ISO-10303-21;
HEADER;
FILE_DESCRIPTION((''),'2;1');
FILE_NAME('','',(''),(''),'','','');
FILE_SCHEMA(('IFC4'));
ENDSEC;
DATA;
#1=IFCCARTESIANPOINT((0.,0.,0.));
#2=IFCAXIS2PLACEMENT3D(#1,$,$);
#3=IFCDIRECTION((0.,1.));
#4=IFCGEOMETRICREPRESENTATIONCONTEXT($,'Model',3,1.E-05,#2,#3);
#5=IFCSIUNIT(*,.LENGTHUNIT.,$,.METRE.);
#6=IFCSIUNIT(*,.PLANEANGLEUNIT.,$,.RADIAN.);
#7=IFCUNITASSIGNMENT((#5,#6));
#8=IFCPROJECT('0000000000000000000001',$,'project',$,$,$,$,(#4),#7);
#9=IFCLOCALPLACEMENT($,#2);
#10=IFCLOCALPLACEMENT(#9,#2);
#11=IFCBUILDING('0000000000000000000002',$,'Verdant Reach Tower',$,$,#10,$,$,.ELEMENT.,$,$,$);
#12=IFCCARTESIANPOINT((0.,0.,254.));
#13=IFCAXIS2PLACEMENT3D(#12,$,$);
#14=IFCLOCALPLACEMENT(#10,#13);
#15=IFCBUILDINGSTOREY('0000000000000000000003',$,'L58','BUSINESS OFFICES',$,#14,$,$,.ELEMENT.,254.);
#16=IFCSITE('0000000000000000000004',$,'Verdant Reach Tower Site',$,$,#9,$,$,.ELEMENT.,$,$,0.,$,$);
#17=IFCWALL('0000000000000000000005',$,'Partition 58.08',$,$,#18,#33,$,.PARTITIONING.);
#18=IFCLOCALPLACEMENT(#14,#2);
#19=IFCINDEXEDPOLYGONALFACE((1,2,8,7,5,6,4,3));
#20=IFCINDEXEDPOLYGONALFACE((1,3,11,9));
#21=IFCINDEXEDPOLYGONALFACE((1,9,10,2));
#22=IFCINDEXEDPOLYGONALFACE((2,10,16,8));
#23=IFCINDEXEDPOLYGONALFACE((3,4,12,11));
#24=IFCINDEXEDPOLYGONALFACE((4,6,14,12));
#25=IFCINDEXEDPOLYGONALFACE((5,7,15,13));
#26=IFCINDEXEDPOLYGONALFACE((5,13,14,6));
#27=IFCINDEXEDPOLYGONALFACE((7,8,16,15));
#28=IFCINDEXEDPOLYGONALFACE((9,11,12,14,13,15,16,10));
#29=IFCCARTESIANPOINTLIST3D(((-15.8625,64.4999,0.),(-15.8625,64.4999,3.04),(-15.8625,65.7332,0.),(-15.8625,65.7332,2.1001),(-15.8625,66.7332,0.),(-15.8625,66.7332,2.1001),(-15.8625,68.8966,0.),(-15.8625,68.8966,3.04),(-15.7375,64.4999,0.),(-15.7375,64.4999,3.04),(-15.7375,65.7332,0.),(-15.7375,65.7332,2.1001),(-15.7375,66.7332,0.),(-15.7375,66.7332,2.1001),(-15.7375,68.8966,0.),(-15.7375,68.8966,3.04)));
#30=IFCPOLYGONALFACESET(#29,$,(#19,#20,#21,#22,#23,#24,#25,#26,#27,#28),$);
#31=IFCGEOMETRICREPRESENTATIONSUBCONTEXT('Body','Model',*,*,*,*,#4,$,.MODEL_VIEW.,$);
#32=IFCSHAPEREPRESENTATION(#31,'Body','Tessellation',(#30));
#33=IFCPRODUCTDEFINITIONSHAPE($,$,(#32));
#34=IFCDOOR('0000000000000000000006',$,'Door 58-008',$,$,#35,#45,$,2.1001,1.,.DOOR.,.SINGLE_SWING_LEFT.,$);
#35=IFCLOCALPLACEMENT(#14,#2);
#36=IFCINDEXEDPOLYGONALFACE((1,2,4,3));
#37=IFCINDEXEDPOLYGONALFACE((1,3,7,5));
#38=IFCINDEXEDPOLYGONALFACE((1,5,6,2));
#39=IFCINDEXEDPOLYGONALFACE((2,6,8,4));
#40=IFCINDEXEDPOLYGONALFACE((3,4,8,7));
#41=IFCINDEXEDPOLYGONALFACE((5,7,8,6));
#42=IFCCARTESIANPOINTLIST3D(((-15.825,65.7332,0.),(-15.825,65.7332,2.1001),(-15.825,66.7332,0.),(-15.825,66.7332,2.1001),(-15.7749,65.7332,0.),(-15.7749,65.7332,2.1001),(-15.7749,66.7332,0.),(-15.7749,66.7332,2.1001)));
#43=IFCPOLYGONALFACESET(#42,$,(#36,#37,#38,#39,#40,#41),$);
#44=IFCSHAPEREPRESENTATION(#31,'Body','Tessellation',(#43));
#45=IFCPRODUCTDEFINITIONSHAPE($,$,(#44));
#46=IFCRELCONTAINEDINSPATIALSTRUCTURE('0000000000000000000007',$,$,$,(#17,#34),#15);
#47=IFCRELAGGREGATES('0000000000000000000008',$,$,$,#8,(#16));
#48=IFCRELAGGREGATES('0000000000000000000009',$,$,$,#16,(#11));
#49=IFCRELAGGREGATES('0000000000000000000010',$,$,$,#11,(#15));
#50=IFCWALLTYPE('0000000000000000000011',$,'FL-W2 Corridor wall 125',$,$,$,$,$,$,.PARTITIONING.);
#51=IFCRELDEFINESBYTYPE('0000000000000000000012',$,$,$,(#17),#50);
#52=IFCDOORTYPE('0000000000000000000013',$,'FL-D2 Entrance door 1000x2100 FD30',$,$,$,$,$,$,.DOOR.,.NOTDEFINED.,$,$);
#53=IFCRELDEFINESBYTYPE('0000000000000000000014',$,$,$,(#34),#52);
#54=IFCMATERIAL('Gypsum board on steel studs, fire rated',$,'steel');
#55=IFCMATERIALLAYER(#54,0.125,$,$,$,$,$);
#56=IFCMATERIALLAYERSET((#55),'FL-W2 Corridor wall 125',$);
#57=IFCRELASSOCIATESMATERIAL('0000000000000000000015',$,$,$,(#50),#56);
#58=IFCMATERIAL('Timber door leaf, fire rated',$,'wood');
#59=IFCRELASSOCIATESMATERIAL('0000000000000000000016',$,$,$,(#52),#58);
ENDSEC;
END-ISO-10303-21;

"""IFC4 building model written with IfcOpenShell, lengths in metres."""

from ifc_helpers import new_model, si_unit, direction, frame, frame_2d, origin, place, context, subcontext, project, spatial, rectangle, extrude, material, layer, layer_set, type_object, element, fill, save


model = new_model("IFC4")

# Units and contexts
model_context = context("Model", 3, precision=1e-05, world=origin(), true_north=direction((0.0, 1.0)))
body_context = subcontext(model_context, "Body", "Model", "MODEL_VIEW")
ifc_project = project(units=[si_unit("LENGTHUNIT", "METRE"), si_unit("PLANEANGLEUNIT", "RADIAN")], contexts=[model_context])

# Site, building, storey
site_placement = place(None, origin())
site = spatial("IfcSite", under=ifc_project, at=site_placement, Name="Verdant Reach Tower Site", CompositionType="ELEMENT", RefElevation=0.0)
building_placement = place(site_placement, origin())
building = spatial("IfcBuilding", under=site, at=building_placement, Name="Verdant Reach Tower", CompositionType="ELEMENT")
storey_placement = place(building_placement, frame((0.0, 0.0, 254.0)))
storey = spatial("IfcBuildingStorey", under=building, at=storey_placement, Name="L58", Description="BUSINESS OFFICES", CompositionType="ELEMENT", Elevation=254.0)

# Wall, opening, door
ifc_material_1 = material(Name="Gypsum board on steel studs, fire rated", Category="steel")
ifc_layer_1 = layer(ifc_material_1, 0.125)
ifc_layer_set_1 = layer_set([ifc_layer_1], Name="FL-W2 Corridor wall 125")
wall_type_1 = type_object("IfcWallType", Name="FL-W2 Corridor wall 125", PredefinedType="PARTITIONING", material=ifc_layer_set_1)
ifc_material_2 = material(Name="Timber door leaf, fire rated", Category="wood")
door_type = type_object("IfcDoorType", Name="FL-D2 Entrance door 1000x2100 FD30", OperationType="NOTDEFINED", PredefinedType="DOOR", material=ifc_material_2)
wall_1_placement = place(storey_placement, frame((-15.8, 64.5, 0.0), z_axis=(0.0, 0.0, 1.0), x_axis=(0.0, 1.0, 0.0)))
wall_1 = element("IfcWall", 1, at=wall_1_placement, inside=storey, type_object=wall_type_1, Name="Partition 58.08", PredefinedType="PARTITIONING", context=body_context, shape_type="SweptSolid", body=[
    extrude(rectangle(XDim=4.3967, YDim=0.125, at=frame_2d((2.1982, 0.0))), origin(), (0.0, 0.0, 1.0), 3.04),
])
opening_1_placement = place(wall_1_placement, frame((1.2332, 0.0, 0.0)))
opening_1 = element("IfcOpeningElement", 2, at=opening_1_placement, cuts=wall_1, PredefinedType="OPENING", context=body_context, shape_type="SweptSolid", body=[
    extrude(rectangle(XDim=1.0, YDim=2.1001, at=frame_2d((0.5, 1.05))), frame((0.0, 0.0725, 0.0), z_axis=(0.0, -1.0, 0.0), x_axis=(1.0, 0.0, 0.0)), (0.0, 0.0, 1.0), 0.145),
])
door_1_placement = place(opening_1_placement, origin())
door_1 = element("IfcDoor", 3, at=door_1_placement, inside=storey, type_object=door_type, Name="Door 58-008", OperationType="SINGLE_SWING_LEFT", OverallHeight=2.1001, OverallWidth=1.0, PredefinedType="DOOR", context=body_context, shape_type="SweptSolid", body=[
    extrude(rectangle(XDim=1.0, YDim=2.1001, at=frame_2d((0.5, 1.05))), frame((0.0, 0.0249, 0.0), z_axis=(0.0, -1.0, 0.0), x_axis=(1.0, 0.0, 0.0)), (0.0, 0.0, 1.0), 0.05),
])
fill(opening_1, door_1)

save(model, "model.ifc")
